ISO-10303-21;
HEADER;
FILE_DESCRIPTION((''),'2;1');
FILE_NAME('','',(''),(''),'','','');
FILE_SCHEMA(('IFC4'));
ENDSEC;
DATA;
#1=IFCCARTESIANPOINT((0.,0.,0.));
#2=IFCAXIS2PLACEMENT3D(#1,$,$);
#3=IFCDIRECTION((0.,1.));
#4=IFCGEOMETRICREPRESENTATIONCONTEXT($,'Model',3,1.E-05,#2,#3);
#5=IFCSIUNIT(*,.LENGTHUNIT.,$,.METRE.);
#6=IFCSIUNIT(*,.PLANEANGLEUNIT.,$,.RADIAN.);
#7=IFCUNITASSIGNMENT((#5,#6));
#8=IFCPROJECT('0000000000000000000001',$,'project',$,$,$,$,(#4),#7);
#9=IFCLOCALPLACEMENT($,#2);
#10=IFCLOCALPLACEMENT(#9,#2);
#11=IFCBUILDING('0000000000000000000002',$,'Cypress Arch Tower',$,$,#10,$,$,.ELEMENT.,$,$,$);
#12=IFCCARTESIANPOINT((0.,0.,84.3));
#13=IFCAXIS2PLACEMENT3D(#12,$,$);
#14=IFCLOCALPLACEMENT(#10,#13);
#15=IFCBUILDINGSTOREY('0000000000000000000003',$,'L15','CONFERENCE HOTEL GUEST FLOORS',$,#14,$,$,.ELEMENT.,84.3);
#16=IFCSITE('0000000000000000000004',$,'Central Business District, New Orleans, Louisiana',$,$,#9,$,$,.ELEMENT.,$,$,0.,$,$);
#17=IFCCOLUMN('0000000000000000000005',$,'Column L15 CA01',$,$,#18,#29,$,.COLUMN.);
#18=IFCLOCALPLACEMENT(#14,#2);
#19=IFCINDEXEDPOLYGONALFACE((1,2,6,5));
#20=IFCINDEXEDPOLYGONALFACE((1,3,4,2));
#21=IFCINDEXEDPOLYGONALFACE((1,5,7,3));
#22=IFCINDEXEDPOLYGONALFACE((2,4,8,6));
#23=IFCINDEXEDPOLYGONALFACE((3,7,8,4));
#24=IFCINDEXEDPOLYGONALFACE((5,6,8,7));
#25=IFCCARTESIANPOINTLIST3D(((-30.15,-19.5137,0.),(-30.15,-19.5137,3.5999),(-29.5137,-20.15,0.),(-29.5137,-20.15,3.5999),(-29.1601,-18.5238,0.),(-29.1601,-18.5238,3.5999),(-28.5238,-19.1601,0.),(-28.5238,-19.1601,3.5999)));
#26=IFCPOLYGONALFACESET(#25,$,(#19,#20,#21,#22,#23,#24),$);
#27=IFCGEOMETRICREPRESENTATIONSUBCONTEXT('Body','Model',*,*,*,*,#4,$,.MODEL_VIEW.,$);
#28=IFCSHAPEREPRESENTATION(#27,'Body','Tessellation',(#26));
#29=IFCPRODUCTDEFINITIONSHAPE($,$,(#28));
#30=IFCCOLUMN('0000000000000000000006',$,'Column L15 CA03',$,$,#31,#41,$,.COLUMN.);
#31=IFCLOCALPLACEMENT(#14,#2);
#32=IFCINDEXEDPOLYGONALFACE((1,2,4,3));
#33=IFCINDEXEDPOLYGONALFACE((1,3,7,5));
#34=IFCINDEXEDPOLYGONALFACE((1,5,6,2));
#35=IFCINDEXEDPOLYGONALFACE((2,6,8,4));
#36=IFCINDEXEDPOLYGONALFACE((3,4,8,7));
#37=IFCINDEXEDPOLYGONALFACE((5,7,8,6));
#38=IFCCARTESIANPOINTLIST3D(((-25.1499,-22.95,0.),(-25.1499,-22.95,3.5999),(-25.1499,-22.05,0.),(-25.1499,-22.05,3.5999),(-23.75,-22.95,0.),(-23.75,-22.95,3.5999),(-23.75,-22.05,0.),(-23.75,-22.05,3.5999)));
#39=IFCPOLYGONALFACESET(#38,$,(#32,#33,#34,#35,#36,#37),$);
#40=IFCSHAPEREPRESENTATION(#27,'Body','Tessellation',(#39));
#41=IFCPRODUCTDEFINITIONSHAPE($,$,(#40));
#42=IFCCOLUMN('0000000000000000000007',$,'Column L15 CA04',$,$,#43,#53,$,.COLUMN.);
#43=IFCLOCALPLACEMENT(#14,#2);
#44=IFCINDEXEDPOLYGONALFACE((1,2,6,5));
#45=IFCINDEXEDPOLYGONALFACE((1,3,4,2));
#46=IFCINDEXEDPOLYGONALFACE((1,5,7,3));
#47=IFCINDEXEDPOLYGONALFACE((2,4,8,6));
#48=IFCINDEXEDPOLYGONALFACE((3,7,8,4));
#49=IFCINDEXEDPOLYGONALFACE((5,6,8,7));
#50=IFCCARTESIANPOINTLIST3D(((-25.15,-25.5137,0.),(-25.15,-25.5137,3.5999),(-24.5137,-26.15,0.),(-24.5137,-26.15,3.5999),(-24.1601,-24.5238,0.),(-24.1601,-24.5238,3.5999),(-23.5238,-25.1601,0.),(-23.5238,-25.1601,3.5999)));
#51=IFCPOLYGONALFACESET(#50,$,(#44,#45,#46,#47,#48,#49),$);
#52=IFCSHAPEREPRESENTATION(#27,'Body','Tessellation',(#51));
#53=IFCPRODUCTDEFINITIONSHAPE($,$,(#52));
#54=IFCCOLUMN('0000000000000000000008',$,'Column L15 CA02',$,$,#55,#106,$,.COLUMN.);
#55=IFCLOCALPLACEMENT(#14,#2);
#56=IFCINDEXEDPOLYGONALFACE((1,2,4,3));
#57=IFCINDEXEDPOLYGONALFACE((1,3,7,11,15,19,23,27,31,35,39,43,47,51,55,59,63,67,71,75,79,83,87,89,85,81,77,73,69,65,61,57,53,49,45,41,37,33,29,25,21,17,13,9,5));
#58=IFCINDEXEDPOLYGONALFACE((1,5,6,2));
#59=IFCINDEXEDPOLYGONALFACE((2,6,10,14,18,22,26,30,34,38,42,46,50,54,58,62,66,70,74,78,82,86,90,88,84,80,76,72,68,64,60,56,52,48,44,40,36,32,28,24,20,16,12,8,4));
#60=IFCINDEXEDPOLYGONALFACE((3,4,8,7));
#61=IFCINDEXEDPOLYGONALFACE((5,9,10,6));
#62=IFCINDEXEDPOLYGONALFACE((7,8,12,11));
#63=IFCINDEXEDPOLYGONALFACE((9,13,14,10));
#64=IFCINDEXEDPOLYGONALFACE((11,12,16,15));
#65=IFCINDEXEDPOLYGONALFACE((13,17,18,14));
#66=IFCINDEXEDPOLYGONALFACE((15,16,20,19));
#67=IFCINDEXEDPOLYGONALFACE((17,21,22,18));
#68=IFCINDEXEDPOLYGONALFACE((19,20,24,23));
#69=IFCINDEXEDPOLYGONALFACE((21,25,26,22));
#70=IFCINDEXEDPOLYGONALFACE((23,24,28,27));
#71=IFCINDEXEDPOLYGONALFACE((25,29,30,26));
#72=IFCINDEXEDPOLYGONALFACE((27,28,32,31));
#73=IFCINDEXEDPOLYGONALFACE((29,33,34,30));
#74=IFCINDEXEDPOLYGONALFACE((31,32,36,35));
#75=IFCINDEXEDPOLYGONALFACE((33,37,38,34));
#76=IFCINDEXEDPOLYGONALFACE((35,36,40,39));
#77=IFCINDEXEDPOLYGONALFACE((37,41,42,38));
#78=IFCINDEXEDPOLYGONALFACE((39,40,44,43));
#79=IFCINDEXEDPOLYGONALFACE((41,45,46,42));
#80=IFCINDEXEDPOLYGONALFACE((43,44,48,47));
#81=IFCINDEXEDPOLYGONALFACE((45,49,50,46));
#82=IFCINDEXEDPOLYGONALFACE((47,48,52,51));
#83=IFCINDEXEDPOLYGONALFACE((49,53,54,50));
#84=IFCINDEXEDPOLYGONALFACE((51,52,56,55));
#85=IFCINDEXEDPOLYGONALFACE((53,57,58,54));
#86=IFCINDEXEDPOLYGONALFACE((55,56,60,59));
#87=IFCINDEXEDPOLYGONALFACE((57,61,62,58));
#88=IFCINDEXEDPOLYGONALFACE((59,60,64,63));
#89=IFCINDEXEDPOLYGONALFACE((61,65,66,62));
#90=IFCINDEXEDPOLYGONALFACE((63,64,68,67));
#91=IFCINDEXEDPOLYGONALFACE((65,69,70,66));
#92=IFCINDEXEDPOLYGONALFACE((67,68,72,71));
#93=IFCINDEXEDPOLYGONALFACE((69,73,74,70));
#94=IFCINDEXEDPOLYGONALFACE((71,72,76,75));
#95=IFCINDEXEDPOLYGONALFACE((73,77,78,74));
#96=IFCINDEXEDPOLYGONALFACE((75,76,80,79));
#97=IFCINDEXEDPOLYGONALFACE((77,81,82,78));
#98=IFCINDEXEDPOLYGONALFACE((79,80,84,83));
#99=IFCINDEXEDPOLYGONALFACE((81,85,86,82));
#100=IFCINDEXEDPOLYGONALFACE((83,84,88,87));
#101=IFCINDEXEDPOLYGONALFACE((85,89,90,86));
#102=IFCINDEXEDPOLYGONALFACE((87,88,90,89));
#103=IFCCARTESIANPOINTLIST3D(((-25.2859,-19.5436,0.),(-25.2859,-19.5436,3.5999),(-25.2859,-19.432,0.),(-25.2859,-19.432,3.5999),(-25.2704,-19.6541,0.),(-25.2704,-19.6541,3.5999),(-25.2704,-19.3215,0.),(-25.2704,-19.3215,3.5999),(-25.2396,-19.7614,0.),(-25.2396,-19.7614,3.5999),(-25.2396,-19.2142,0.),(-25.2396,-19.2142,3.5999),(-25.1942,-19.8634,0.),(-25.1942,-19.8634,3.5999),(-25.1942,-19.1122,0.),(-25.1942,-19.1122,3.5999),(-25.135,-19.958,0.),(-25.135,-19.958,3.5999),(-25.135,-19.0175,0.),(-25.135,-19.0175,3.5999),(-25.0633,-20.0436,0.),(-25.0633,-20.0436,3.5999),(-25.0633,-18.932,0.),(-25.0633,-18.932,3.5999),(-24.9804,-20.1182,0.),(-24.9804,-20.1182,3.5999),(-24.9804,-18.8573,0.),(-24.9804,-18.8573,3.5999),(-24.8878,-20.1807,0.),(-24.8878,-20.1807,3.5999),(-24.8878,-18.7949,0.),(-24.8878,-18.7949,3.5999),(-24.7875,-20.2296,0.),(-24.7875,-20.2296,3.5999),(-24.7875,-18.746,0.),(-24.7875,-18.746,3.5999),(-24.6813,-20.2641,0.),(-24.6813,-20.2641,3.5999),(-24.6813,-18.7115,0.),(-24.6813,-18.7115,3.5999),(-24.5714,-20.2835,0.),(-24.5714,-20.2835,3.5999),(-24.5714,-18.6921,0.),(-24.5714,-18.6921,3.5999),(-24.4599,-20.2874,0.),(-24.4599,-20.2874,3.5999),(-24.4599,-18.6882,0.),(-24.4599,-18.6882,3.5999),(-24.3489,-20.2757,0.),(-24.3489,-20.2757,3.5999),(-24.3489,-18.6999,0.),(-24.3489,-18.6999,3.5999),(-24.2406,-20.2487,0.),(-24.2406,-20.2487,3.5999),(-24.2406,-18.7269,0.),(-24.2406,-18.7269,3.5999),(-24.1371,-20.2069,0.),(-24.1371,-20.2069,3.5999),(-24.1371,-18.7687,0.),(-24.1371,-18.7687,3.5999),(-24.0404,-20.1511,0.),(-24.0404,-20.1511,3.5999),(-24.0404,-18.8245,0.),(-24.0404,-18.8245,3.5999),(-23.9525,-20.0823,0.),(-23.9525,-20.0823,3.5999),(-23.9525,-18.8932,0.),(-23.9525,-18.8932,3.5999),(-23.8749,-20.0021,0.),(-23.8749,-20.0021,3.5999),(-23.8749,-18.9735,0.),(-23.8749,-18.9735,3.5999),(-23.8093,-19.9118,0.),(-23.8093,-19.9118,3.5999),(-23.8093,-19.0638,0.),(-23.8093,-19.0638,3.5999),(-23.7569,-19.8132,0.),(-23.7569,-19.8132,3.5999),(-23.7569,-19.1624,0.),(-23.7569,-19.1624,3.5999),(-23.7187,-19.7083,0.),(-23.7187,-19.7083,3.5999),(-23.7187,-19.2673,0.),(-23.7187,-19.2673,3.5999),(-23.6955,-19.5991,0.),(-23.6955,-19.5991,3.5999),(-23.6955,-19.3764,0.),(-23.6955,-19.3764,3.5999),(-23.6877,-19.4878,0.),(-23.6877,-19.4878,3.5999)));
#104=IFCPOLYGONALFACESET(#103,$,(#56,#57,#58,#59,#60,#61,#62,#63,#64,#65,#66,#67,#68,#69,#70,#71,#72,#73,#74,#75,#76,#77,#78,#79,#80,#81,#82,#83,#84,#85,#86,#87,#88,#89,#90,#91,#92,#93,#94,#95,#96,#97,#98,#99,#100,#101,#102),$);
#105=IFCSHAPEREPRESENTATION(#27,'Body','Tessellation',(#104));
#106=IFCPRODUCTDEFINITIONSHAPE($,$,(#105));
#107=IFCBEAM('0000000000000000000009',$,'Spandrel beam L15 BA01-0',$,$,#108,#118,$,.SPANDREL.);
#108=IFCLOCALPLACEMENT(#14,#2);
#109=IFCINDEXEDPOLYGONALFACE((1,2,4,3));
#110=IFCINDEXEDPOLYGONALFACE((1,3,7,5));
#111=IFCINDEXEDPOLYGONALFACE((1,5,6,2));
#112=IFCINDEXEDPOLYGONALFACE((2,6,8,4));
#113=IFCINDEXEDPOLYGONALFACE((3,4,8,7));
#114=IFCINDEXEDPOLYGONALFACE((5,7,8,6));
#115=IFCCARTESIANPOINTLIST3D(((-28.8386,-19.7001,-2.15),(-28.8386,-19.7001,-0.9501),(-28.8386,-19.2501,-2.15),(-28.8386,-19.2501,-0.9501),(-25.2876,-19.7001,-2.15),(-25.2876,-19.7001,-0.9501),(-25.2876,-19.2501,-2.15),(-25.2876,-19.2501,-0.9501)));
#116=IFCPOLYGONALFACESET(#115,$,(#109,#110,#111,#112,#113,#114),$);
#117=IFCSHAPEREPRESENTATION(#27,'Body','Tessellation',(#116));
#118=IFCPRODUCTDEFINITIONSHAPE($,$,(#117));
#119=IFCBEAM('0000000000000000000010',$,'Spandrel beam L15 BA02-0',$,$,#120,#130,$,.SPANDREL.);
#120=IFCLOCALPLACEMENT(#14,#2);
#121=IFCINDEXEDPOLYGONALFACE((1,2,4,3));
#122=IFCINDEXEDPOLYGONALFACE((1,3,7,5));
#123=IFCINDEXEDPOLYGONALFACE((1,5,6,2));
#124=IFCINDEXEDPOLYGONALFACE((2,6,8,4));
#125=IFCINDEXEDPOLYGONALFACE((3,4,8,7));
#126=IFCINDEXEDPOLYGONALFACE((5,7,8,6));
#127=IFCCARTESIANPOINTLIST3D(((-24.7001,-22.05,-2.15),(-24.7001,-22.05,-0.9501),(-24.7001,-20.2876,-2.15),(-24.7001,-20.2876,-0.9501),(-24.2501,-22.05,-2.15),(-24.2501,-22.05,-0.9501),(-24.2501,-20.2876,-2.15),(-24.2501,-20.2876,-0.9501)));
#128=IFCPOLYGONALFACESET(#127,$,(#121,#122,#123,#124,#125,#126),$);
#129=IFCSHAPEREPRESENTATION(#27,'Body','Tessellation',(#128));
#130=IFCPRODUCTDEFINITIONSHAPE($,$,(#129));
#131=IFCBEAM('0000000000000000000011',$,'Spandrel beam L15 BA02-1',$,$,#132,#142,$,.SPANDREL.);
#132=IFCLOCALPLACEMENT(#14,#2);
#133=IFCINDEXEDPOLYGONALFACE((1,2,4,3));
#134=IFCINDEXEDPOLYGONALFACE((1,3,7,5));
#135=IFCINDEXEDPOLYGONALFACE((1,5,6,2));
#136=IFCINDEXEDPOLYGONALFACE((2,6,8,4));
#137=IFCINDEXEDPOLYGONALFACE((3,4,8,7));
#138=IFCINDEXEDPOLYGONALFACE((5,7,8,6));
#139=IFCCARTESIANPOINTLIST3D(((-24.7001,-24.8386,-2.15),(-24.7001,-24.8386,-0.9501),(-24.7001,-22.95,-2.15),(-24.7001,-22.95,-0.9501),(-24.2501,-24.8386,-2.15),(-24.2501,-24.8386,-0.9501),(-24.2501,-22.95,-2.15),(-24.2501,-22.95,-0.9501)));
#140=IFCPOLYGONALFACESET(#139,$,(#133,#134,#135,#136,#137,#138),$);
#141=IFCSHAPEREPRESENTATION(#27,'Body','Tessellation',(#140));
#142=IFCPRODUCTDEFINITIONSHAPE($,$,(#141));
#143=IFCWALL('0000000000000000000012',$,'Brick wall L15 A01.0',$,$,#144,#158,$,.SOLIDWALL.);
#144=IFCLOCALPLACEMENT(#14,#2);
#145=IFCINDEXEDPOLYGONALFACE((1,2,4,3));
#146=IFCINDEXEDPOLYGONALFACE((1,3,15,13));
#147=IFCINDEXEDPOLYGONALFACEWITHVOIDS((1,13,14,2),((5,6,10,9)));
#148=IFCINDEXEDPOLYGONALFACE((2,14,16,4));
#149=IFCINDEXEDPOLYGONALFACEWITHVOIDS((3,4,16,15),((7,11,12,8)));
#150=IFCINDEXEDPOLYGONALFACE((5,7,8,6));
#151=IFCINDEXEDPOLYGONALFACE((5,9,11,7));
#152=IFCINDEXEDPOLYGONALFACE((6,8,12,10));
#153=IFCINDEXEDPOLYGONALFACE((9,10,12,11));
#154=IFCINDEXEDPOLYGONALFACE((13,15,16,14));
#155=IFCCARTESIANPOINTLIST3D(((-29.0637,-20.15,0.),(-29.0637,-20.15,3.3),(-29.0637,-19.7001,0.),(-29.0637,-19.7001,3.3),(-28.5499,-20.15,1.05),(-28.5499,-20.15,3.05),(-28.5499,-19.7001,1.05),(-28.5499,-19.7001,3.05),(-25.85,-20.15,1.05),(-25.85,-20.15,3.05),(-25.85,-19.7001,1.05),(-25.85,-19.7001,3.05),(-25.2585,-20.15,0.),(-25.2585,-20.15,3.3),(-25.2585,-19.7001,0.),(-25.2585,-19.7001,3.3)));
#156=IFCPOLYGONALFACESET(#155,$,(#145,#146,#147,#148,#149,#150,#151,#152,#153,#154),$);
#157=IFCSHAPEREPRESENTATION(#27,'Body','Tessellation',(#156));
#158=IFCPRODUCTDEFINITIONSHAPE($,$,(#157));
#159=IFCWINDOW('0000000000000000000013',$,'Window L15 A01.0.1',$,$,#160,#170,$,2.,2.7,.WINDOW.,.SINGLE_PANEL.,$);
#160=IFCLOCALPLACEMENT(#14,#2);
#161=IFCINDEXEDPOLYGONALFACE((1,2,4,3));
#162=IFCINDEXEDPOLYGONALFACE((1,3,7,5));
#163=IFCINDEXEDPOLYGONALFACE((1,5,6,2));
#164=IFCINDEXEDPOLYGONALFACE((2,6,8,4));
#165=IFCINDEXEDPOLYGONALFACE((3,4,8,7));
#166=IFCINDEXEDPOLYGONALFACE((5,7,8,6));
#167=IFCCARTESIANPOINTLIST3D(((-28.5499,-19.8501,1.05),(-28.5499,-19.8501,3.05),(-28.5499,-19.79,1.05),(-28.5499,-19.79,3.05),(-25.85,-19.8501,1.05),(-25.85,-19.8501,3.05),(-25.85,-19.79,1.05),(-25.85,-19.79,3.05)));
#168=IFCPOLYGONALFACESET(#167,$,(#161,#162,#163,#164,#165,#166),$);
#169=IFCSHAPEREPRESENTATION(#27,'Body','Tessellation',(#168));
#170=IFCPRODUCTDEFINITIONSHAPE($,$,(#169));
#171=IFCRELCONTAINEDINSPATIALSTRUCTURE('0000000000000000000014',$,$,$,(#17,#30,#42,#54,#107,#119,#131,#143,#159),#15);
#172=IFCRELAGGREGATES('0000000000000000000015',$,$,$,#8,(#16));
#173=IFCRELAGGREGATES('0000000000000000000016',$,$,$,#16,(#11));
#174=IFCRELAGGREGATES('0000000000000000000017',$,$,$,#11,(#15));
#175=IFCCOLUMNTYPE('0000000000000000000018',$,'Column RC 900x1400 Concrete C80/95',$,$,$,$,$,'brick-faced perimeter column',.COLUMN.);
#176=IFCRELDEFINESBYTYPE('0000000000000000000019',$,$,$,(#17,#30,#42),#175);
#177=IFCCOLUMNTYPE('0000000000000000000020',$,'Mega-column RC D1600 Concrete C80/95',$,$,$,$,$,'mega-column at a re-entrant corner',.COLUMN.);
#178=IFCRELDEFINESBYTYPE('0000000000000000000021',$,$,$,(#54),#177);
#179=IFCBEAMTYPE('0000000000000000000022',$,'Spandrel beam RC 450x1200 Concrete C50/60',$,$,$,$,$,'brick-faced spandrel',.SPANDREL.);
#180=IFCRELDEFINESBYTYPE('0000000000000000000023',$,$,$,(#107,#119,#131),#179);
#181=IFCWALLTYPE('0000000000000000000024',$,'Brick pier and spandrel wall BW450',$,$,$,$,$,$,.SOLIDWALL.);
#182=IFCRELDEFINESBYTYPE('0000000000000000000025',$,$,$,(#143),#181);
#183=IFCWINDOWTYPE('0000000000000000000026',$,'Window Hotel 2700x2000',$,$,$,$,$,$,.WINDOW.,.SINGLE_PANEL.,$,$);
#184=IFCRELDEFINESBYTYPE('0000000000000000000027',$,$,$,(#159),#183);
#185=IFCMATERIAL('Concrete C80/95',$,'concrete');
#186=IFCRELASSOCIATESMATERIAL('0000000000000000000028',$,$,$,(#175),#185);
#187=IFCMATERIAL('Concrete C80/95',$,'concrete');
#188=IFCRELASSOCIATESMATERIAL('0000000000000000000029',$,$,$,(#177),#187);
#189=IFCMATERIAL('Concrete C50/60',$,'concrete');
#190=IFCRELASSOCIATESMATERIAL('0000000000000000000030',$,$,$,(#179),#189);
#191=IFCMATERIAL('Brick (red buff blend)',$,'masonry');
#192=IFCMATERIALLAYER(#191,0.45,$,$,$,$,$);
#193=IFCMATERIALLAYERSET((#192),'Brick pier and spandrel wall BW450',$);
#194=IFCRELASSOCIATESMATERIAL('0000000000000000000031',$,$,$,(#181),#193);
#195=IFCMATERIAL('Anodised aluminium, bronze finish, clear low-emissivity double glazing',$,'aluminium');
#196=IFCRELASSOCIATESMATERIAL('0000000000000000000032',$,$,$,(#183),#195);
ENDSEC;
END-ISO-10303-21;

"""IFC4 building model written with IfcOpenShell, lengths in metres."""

from ifc_helpers import new_model, si_unit, direction, frame, frame_2d, origin, origin_2d, place, context, subcontext, project, spatial, rectangle, circle, extrude, material, layer, layer_set, material_profile, profile_set, type_object, element, fill, save


model = new_model("IFC4")

# Units and contexts
model_context = context("Model", 3, precision=1e-05, world=origin(), true_north=direction((0.0, 1.0)))
body_context = subcontext(model_context, "Body", "Model", "MODEL_VIEW")
ifc_project = project(units=[si_unit("LENGTHUNIT", "METRE"), si_unit("PLANEANGLEUNIT", "RADIAN")], contexts=[model_context])

# Site, building, storey
site_placement = place(None, origin())
site = spatial("IfcSite", under=ifc_project, at=site_placement, Name="Central Business District, New Orleans, Louisiana", CompositionType="ELEMENT", RefElevation=0.0)
building_placement = place(site_placement, origin())
building = spatial("IfcBuilding", under=site, at=building_placement, Name="Cypress Arch Tower", CompositionType="ELEMENT")
storey_placement = place(building_placement, frame((0.0, 0.0, 84.3)))
storey = spatial("IfcBuildingStorey", under=building, at=storey_placement, Name="L15", Description="CONFERENCE HOTEL GUEST FLOORS", CompositionType="ELEMENT", Elevation=84.3)

# Columns
ifc_material_1 = material(Name="Concrete C80/95", Category="concrete")
ifc_material_profile_1 = material_profile(ifc_material_1, rectangle(XDim=0.8999, YDim=1.3999, at=origin_2d()), Name="RC 900x1400")
ifc_profile_set_1 = profile_set([ifc_material_profile_1], Name="Concrete C80/95")
column_type_1 = type_object("IfcColumnType", Name="Column RC 900x1400 Concrete C80/95", ElementType="brick-faced perimeter column", PredefinedType="COLUMN", material=ifc_profile_set_1)
for number, where, z_axis, x_axis, name in (
    (1, (-29.3369, -19.3369, 0.0), (0.0, 0.0, 1.0), (0.707107, -0.707107, 0.0), "Column L15 CA01"),
    (2, (-24.45, -22.5, 0.0), (0.0, 0.0, 1.0), (0.0, -1.0, 0.0), "Column L15 CA03"),
    (3, (-24.3369, -25.3369, 0.0), (0.0, 0.0, 1.0), (0.707107, -0.707107, 0.0), "Column L15 CA04"),
):
    element("IfcColumn", number, at=place(storey_placement, frame(where, z_axis=z_axis, x_axis=x_axis)), inside=storey, type_object=column_type_1, Name=name, PredefinedType="COLUMN", context=body_context, shape_type="SweptSolid", body=[
        extrude(rectangle(XDim=0.8999, YDim=1.3999, at=origin_2d()), origin(), (0.0, 0.0, 1.0), 3.5999),
    ])
ifc_material_2 = material(Name="Concrete C80/95", Category="concrete")
ifc_material_profile_2 = material_profile(ifc_material_2, circle(Radius=0.8, at=origin_2d()), Name="RC D1600")
ifc_profile_set_2 = profile_set([ifc_material_profile_2], Name="Concrete C80/95")
column_type_2 = type_object("IfcColumnType", Name="Mega-column RC D1600 Concrete C80/95", ElementType="mega-column at a re-entrant corner", PredefinedType="COLUMN", material=ifc_profile_set_2)
column_placement = place(storey_placement, frame((-24.4878, -19.4878, 0.0), z_axis=(0.0, 0.0, 1.0), x_axis=(1.0, 0.0, 0.0)))
element("IfcColumn", 4, at=column_placement, inside=storey, type_object=column_type_2, Name="Column L15 CA02", PredefinedType="COLUMN", context=body_context, shape_type="SweptSolid", body=[
    extrude(circle(Radius=0.8, at=origin_2d()), origin(), (0.0, 0.0, 1.0), 3.5999),
])

# Beams
ifc_material_3 = material(Name="Concrete C50/60", Category="concrete")
ifc_material_profile_3 = material_profile(ifc_material_3, rectangle(XDim=0.45, YDim=1.2, at=origin_2d()), Name="RC 450x1200")
ifc_profile_set_3 = profile_set([ifc_material_profile_3], Name="Concrete C50/60")
beam_type = type_object("IfcBeamType", Name="Spandrel beam RC 450x1200 Concrete C50/60", ElementType="brick-faced spandrel", PredefinedType="SPANDREL", material=ifc_profile_set_3)
beam_1_placement = place(storey_placement, frame((-28.8386, -19.4751, -1.55), z_axis=(1.0, 0.0, 0.0), x_axis=(0.0, 1.0, 0.0)))
element("IfcBeam", 5, at=beam_1_placement, inside=storey, type_object=beam_type, Name="Spandrel beam L15 BA01-0", PredefinedType="SPANDREL", context=body_context, shape_type="SweptSolid", body=[
    extrude(rectangle(XDim=0.45, YDim=1.2, at=origin_2d()), origin(), (0.0, 0.0, 1.0), 3.551),
])
beam_2_placement = place(storey_placement, frame((-24.4751, -20.2876, -1.55), z_axis=(0.0, -1.0, 0.0), x_axis=(1.0, 0.0, 0.0)))
element("IfcBeam", 6, at=beam_2_placement, inside=storey, type_object=beam_type, Name="Spandrel beam L15 BA02-0", PredefinedType="SPANDREL", context=body_context, shape_type="SweptSolid", body=[
    extrude(rectangle(XDim=0.45, YDim=1.2, at=origin_2d()), origin(), (0.0, 0.0, 1.0), 1.7625),
])
beam_3_placement = place(storey_placement, frame((-24.4751, -22.95, -1.55), z_axis=(0.0, -1.0, 0.0), x_axis=(1.0, 0.0, 0.0)))
element("IfcBeam", 7, at=beam_3_placement, inside=storey, type_object=beam_type, Name="Spandrel beam L15 BA02-1", PredefinedType="SPANDREL", context=body_context, shape_type="SweptSolid", body=[
    extrude(rectangle(XDim=0.45, YDim=1.2, at=origin_2d()), origin(), (0.0, 0.0, 1.0), 1.8887),
])

# Wall, opening, window
ifc_material_4 = material(Name="Brick (red buff blend)", Category="masonry")
ifc_layer_1 = layer(ifc_material_4, 0.45)
ifc_layer_set_1 = layer_set([ifc_layer_1], Name="Brick pier and spandrel wall BW450")
wall_type_1 = type_object("IfcWallType", Name="Brick pier and spandrel wall BW450", PredefinedType="SOLIDWALL", material=ifc_layer_set_1)
wall_1_placement = place(storey_placement, frame((-29.0637, -19.925, 0.0), z_axis=(0.0, 0.0, 1.0), x_axis=(1.0, 0.0, 0.0)))
wall_1 = element("IfcWall", 8, at=wall_1_placement, inside=storey, type_object=wall_type_1, Name="Brick wall L15 A01.0", PredefinedType="SOLIDWALL", context=body_context, shape_type="SweptSolid", body=[
    extrude(rectangle(XDim=3.8052, YDim=0.45, at=frame_2d((1.9026, 0.0))), origin(), (0.0, 0.0, 1.0), 3.3),
])
opening_1_placement = place(wall_1_placement, frame((0.5137, 0.0, 1.05)))
opening_1 = element("IfcOpeningElement", 9, at=opening_1_placement, cuts=wall_1, PredefinedType="OPENING", context=body_context, shape_type="SweptSolid", body=[
    extrude(rectangle(XDim=2.7, YDim=2.0, at=frame_2d((1.3501, 1.0))), frame((0.0, 0.2349, 0.0), z_axis=(0.0, -1.0, 0.0), x_axis=(1.0, 0.0, 0.0)), (0.0, 0.0, 1.0), 0.47),
])
ifc_material_5 = material(Name="Anodised aluminium, bronze finish, clear low-emissivity double glazing", Category="aluminium")
window_type_1 = type_object("IfcWindowType", Name="Window Hotel 2700x2000", PartitioningType="SINGLE_PANEL", PredefinedType="WINDOW", material=ifc_material_5)
window_1_placement = place(opening_1_placement, origin())
window_1 = element("IfcWindow", 10, at=window_1_placement, inside=storey, type_object=window_type_1, Name="Window L15 A01.0.1", OverallHeight=2.0, OverallWidth=2.7, PartitioningType="SINGLE_PANEL", PredefinedType="WINDOW", context=body_context, shape_type="SweptSolid", body=[
    extrude(rectangle(XDim=2.7, YDim=2.0, at=frame_2d((1.3501, 1.0))), frame((0.0, 0.135, 0.0), z_axis=(0.0, -1.0, 0.0), x_axis=(1.0, 0.0, 0.0)), (0.0, 0.0, 1.0), 0.0601),
])
fill(opening_1, window_1)

save(model, "model.ifc")
